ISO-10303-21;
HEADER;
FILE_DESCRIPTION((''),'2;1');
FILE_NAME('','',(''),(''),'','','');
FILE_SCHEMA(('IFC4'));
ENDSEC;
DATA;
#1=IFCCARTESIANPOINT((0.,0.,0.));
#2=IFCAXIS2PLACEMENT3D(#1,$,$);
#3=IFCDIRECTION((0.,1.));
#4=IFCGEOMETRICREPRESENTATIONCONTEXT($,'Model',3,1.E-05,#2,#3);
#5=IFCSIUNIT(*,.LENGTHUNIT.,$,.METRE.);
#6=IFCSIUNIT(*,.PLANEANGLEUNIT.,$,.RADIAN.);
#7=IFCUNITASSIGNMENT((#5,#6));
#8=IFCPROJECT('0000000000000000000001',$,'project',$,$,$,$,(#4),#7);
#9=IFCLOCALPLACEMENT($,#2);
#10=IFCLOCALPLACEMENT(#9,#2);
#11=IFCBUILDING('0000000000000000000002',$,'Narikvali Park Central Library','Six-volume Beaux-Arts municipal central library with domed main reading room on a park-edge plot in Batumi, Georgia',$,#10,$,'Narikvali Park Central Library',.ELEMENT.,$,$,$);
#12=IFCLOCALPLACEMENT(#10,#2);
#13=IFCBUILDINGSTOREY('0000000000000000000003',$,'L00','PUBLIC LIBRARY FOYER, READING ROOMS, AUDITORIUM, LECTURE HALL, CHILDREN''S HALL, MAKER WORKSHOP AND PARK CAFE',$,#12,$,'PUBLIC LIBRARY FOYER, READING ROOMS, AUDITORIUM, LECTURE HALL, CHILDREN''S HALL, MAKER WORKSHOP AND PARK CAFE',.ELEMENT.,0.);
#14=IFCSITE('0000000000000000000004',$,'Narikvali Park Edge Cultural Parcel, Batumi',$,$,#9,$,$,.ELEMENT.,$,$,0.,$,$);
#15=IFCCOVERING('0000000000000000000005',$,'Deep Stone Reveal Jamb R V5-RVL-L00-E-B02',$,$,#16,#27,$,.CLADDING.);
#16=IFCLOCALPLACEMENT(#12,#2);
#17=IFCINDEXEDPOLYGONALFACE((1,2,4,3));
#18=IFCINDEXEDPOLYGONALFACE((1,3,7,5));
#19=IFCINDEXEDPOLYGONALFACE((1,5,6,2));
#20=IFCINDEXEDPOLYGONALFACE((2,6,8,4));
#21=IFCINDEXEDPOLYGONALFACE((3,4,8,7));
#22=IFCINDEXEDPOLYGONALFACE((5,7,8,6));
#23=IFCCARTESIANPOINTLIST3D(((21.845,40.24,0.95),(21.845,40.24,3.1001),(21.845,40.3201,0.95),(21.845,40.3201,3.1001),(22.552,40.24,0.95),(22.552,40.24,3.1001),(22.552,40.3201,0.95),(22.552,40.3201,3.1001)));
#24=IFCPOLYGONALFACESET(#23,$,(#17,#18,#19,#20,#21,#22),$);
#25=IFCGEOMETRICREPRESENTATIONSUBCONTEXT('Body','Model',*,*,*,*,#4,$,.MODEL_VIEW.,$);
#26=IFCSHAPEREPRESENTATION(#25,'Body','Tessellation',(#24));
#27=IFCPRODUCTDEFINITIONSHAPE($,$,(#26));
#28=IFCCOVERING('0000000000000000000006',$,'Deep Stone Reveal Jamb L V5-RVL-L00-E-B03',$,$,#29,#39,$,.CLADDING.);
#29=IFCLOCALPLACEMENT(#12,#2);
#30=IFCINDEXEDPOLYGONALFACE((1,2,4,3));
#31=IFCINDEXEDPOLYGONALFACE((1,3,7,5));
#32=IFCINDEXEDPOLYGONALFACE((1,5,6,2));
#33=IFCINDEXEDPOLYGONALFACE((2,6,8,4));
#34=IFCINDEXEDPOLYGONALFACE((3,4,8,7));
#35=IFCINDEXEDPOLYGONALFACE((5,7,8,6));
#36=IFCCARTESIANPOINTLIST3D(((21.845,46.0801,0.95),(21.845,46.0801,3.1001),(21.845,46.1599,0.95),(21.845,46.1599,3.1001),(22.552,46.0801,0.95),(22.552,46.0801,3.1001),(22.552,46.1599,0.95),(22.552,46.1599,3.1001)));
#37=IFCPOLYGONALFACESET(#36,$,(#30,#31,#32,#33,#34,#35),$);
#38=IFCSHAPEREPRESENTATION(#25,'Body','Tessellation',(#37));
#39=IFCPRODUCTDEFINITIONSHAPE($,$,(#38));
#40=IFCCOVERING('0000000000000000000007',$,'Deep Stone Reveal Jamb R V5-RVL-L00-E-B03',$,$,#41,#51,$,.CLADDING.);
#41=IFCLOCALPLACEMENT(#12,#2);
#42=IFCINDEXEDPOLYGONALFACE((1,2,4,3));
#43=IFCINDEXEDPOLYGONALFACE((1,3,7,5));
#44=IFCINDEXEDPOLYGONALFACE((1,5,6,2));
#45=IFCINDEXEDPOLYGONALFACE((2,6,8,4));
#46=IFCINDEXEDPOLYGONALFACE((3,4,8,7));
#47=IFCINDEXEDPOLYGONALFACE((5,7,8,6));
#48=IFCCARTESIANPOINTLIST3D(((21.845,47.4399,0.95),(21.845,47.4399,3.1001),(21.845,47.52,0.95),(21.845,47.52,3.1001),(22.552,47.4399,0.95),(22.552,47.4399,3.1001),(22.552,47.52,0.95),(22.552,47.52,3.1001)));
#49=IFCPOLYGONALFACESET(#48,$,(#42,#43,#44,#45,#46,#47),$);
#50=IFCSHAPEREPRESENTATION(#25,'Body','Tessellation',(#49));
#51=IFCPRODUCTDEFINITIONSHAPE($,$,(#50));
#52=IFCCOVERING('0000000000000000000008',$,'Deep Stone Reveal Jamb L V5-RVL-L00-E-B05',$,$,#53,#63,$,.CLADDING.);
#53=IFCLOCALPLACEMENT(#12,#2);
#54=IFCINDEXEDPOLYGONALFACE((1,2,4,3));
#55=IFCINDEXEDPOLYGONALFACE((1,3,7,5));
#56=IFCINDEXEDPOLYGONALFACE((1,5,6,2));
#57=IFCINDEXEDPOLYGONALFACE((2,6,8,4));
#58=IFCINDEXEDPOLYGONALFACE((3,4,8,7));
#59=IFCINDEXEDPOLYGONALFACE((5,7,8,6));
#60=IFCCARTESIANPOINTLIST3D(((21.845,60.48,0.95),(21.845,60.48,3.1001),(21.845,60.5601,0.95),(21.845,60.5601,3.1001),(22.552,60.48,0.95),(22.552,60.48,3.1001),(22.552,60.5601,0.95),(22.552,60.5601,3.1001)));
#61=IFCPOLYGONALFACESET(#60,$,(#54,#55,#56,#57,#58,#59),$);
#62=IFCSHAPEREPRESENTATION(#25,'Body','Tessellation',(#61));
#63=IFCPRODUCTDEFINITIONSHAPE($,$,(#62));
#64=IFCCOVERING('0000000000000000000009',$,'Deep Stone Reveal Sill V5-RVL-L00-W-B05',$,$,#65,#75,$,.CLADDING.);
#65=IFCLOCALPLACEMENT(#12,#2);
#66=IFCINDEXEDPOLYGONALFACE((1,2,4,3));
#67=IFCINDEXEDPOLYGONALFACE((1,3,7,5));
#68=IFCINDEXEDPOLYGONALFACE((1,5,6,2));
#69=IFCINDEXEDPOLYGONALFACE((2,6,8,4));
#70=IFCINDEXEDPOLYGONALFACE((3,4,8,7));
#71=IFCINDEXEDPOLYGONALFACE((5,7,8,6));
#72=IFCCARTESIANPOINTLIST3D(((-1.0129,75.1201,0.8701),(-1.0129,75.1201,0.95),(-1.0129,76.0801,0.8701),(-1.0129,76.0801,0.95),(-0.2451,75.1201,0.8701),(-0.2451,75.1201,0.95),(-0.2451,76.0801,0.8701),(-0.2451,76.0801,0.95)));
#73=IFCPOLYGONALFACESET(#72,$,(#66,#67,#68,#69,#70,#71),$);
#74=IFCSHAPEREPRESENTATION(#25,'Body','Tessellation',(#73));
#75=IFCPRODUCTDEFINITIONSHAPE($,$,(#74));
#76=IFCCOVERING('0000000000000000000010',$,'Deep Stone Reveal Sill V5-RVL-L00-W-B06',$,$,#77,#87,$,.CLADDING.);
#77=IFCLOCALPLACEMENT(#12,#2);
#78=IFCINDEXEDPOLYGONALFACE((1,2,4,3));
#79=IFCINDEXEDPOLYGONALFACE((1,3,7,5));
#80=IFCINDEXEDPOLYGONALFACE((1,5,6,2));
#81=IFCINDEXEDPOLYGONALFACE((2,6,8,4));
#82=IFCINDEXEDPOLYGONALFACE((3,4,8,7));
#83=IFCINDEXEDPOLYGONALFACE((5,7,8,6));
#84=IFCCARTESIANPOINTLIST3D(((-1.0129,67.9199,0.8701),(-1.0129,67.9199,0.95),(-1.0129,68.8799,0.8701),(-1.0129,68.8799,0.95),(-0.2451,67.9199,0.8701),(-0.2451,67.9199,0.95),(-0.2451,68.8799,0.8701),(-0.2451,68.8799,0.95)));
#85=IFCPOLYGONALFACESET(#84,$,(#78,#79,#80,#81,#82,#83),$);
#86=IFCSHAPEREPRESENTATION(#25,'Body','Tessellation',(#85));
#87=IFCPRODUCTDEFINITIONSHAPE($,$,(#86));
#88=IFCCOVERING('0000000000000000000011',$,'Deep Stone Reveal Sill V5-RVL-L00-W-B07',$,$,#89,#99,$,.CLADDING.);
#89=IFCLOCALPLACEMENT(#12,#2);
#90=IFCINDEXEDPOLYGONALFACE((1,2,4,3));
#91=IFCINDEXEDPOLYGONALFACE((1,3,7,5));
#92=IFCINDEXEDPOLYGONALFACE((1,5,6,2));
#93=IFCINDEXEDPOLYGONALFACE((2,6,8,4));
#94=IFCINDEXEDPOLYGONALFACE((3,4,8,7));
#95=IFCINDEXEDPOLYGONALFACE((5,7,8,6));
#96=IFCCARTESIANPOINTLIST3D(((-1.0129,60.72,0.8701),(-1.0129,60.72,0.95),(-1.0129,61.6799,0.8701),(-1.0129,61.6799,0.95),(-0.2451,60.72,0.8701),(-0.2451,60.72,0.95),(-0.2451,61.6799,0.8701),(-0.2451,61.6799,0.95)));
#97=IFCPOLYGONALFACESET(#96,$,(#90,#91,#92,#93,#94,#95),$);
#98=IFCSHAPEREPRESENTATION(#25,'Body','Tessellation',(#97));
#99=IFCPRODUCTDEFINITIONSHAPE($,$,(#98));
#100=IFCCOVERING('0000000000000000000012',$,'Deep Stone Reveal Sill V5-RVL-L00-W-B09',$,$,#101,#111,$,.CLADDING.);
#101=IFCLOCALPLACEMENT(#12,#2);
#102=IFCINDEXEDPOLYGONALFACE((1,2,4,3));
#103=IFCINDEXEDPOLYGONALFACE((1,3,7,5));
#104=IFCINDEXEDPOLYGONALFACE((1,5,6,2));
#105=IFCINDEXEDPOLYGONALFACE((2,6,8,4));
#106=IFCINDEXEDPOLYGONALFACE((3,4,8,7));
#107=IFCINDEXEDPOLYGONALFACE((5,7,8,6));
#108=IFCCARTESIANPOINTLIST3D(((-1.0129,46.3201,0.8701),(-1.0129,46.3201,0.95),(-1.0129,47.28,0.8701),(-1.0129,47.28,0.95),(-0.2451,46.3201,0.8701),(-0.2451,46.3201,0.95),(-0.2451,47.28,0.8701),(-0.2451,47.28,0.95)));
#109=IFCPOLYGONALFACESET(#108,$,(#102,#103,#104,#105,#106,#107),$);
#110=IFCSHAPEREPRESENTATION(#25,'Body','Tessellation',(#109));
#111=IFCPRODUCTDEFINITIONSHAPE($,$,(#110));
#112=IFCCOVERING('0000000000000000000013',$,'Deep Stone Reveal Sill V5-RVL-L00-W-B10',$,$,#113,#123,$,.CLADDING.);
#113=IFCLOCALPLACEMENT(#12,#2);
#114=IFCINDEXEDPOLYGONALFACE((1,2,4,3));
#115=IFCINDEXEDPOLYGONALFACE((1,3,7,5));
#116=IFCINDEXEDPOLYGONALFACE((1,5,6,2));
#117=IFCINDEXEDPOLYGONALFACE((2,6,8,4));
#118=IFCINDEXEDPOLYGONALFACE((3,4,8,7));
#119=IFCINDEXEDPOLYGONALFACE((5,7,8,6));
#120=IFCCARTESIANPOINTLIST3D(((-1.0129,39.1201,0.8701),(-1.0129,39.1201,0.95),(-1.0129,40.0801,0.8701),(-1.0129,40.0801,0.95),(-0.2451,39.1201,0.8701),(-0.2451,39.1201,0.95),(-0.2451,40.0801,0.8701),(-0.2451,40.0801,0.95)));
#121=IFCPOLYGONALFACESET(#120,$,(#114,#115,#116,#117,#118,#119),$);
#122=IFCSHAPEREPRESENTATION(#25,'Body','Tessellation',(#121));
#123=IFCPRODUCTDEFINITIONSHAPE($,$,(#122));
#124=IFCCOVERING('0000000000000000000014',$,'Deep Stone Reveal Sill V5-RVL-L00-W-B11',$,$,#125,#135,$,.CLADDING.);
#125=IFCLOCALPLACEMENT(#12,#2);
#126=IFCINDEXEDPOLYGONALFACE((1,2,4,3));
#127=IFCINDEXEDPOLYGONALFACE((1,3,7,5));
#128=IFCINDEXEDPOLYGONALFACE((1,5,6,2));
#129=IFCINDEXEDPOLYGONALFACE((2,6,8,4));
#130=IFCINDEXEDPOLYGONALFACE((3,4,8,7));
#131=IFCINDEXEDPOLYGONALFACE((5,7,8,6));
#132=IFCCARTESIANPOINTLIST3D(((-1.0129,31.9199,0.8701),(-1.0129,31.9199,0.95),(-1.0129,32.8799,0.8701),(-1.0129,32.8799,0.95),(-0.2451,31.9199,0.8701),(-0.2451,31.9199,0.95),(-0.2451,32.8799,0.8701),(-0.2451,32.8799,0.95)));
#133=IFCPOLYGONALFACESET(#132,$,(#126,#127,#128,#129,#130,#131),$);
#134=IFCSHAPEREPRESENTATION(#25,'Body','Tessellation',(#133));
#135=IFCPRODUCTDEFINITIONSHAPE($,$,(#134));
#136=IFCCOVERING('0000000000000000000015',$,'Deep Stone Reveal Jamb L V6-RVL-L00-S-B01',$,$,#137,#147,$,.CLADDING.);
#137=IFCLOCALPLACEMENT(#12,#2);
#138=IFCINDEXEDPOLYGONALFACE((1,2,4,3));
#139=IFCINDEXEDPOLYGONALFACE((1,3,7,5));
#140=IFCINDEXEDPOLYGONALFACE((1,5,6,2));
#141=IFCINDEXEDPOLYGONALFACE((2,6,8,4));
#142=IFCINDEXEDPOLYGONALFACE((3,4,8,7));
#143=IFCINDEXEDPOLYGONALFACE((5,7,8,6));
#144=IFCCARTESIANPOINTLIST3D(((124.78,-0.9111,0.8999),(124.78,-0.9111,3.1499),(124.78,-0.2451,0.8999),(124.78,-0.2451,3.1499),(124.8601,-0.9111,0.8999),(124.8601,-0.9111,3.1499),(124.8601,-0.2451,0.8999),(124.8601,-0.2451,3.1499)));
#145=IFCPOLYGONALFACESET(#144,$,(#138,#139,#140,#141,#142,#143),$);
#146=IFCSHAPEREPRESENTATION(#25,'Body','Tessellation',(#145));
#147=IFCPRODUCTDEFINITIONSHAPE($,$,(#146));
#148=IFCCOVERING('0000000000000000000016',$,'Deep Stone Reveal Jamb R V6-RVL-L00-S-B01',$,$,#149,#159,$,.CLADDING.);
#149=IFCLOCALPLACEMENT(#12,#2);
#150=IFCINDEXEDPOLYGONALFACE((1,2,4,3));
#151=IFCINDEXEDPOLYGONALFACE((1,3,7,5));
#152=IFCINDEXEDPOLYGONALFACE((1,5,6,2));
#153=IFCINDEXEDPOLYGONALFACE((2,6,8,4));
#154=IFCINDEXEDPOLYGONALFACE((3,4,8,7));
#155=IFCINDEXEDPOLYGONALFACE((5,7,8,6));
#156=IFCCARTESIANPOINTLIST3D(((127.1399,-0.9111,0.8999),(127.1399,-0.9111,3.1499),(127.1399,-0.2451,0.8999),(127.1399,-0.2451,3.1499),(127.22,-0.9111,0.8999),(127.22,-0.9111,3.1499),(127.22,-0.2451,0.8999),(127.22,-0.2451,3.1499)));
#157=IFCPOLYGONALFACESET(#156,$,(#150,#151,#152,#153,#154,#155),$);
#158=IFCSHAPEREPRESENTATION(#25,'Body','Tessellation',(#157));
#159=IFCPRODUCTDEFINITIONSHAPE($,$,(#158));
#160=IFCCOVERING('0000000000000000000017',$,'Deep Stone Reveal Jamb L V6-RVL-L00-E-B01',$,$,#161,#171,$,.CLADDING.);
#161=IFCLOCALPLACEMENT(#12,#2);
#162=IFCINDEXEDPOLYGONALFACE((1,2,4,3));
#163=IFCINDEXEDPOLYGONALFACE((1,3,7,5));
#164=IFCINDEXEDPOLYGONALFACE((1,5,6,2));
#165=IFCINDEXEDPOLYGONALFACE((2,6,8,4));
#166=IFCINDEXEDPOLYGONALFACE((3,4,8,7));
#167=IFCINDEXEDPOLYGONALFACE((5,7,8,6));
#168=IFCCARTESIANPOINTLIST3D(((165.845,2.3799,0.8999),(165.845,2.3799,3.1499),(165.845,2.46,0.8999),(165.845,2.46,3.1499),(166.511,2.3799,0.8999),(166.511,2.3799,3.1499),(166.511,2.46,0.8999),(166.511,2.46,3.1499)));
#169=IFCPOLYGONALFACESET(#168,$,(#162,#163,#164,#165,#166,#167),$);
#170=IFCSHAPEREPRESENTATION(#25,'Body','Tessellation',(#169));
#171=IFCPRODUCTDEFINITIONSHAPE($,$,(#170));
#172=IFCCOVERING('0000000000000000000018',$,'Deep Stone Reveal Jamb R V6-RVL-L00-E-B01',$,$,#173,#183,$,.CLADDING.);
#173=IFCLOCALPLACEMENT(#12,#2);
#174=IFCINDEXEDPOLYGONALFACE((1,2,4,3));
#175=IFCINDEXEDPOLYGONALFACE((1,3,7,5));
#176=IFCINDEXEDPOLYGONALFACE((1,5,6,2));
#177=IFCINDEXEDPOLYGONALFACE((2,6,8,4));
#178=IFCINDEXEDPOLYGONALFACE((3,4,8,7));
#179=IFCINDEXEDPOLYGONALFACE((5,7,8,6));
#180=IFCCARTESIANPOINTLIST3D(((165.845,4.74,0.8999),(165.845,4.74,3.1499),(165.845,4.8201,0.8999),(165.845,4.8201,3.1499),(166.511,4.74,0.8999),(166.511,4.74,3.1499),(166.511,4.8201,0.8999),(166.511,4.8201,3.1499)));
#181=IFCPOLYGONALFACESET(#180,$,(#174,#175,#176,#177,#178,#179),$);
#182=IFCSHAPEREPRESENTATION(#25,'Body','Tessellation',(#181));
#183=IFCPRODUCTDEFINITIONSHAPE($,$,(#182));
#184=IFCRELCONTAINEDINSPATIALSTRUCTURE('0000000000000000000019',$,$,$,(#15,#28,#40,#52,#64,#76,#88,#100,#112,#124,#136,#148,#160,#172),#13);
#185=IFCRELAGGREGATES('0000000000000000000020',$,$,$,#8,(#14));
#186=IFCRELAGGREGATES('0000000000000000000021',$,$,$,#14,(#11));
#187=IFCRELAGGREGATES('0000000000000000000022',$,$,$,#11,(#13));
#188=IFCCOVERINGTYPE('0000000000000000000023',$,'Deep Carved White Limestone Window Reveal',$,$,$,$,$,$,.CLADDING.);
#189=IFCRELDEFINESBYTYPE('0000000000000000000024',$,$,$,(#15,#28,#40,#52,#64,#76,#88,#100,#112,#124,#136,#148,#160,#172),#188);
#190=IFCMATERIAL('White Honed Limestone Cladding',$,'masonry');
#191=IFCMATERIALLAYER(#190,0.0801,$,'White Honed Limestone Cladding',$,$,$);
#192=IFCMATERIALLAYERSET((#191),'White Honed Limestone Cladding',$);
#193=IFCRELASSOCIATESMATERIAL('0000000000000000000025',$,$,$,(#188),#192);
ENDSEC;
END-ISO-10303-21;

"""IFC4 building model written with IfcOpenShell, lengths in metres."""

from ifc_helpers import new_model, si_unit, direction, frame, origin, place, context, subcontext, project, spatial, polyline, outline, extrude, material, layer, layer_set, type_object, element, save


model = new_model("IFC4")

# Units and contexts
model_context = context("Model", 3, precision=1e-05, world=origin(), true_north=direction((0.0, 1.0)))
body_context = subcontext(model_context, "Body", "Model", "MODEL_VIEW")
ifc_project = project(units=[si_unit("LENGTHUNIT", "METRE"), si_unit("PLANEANGLEUNIT", "RADIAN")], contexts=[model_context])

# Site, building, storey
site_placement = place(None, origin())
site = spatial("IfcSite", under=ifc_project, at=site_placement, Name="Narikvali Park Edge Cultural Parcel, Batumi", CompositionType="ELEMENT", RefElevation=0.0)
building_placement = place(site_placement, origin())
building = spatial("IfcBuilding", under=site, at=building_placement, Name="Narikvali Park Central Library", Description="Six-volume Beaux-Arts municipal central library with domed main reading room on a park-edge plot in Batumi, Georgia", LongName="Narikvali Park Central Library", CompositionType="ELEMENT")
storey_placement = place(building_placement, origin())
storey = spatial("IfcBuildingStorey", under=building, at=storey_placement, Name="L00", Description="PUBLIC LIBRARY FOYER, READING ROOMS, AUDITORIUM, LECTURE HALL, CHILDREN'S HALL, MAKER WORKSHOP AND PARK CAFE", LongName="PUBLIC LIBRARY FOYER, READING ROOMS, AUDITORIUM, LECTURE HALL, CHILDREN'S HALL, MAKER WORKSHOP AND PARK CAFE", CompositionType="ELEMENT", Elevation=0.0)

# Coverings
ifc_material = material(Name="White Honed Limestone Cladding", Category="masonry")
ifc_layer = layer(ifc_material, 0.0801, Name="White Honed Limestone Cladding")
ifc_layer_set = layer_set([ifc_layer], Name="White Honed Limestone Cladding")
covering_type = type_object("IfcCoveringType", Name="Deep Carved White Limestone Window Reveal", PredefinedType="CLADDING", material=ifc_layer_set)
covering_1_placement = place(storey_placement, frame((0.0, 0.0, 0.95)))
element("IfcCovering", 1, at=covering_1_placement, inside=storey, type_object=covering_type, Name="Deep Stone Reveal Jamb R V5-RVL-L00-E-B02", PredefinedType="CLADDING", context=body_context, shape_type="SweptSolid", body=[
    extrude(outline(polyline([(21.845, 40.24), (21.845, 40.3201), (22.552, 40.3201), (22.552, 40.24), (21.845, 40.24)])), origin(), (0.0, 0.0, 1.0), 2.1501),
])
covering_2_placement = place(storey_placement, frame((0.0, 0.0, 0.95)))
element("IfcCovering", 2, at=covering_2_placement, inside=storey, type_object=covering_type, Name="Deep Stone Reveal Jamb L V5-RVL-L00-E-B03", PredefinedType="CLADDING", context=body_context, shape_type="SweptSolid", body=[
    extrude(outline(polyline([(21.845, 46.0801), (21.845, 46.1599), (22.552, 46.1599), (22.552, 46.0801), (21.845, 46.0801)])), origin(), (0.0, 0.0, 1.0), 2.1501),
])
covering_3_placement = place(storey_placement, frame((0.0, 0.0, 0.95)))
element("IfcCovering", 3, at=covering_3_placement, inside=storey, type_object=covering_type, Name="Deep Stone Reveal Jamb R V5-RVL-L00-E-B03", PredefinedType="CLADDING", context=body_context, shape_type="SweptSolid", body=[
    extrude(outline(polyline([(21.845, 47.4399), (21.845, 47.52), (22.552, 47.52), (22.552, 47.4399), (21.845, 47.4399)])), origin(), (0.0, 0.0, 1.0), 2.1501),
])
covering_4_placement = place(storey_placement, frame((0.0, 0.0, 0.95)))
element("IfcCovering", 4, at=covering_4_placement, inside=storey, type_object=covering_type, Name="Deep Stone Reveal Jamb L V5-RVL-L00-E-B05", PredefinedType="CLADDING", context=body_context, shape_type="SweptSolid", body=[
    extrude(outline(polyline([(21.845, 60.48), (21.845, 60.5601), (22.552, 60.5601), (22.552, 60.48), (21.845, 60.48)])), origin(), (0.0, 0.0, 1.0), 2.1501),
])
covering_5_placement = place(storey_placement, frame((0.0, 0.0, 0.8701)))
element("IfcCovering", 5, at=covering_5_placement, inside=storey, type_object=covering_type, Name="Deep Stone Reveal Sill V5-RVL-L00-W-B05", PredefinedType="CLADDING", context=body_context, shape_type="SweptSolid", body=[
    extrude(outline(polyline([(-0.2451, 76.0801), (-0.2451, 75.1201), (-1.0129, 75.1201), (-1.0129, 76.0801), (-0.2451, 76.0801)])), origin(), (0.0, 0.0, 1.0), 0.0798),
])
covering_6_placement = place(storey_placement, frame((0.0, 0.0, 0.8701)))
element("IfcCovering", 6, at=covering_6_placement, inside=storey, type_object=covering_type, Name="Deep Stone Reveal Sill V5-RVL-L00-W-B06", PredefinedType="CLADDING", context=body_context, shape_type="SweptSolid", body=[
    extrude(outline(polyline([(-0.2451, 68.8799), (-0.2451, 67.9199), (-1.0129, 67.9199), (-1.0129, 68.8799), (-0.2451, 68.8799)])), origin(), (0.0, 0.0, 1.0), 0.0798),
])
covering_7_placement = place(storey_placement, frame((0.0, 0.0, 0.8701)))
element("IfcCovering", 7, at=covering_7_placement, inside=storey, type_object=covering_type, Name="Deep Stone Reveal Sill V5-RVL-L00-W-B07", PredefinedType="CLADDING", context=body_context, shape_type="SweptSolid", body=[
    extrude(outline(polyline([(-0.2451, 61.6799), (-0.2451, 60.72), (-1.0129, 60.72), (-1.0129, 61.6799), (-0.2451, 61.6799)])), origin(), (0.0, 0.0, 1.0), 0.0798),
])
covering_8_placement = place(storey_placement, frame((0.0, 0.0, 0.8701)))
element("IfcCovering", 8, at=covering_8_placement, inside=storey, type_object=covering_type, Name="Deep Stone Reveal Sill V5-RVL-L00-W-B09", PredefinedType="CLADDING", context=body_context, shape_type="SweptSolid", body=[
    extrude(outline(polyline([(-0.2451, 47.28), (-0.2451, 46.3201), (-1.0129, 46.3201), (-1.0129, 47.28), (-0.2451, 47.28)])), origin(), (0.0, 0.0, 1.0), 0.0798),
])
covering_9_placement = place(storey_placement, frame((0.0, 0.0, 0.8701)))
element("IfcCovering", 9, at=covering_9_placement, inside=storey, type_object=covering_type, Name="Deep Stone Reveal Sill V5-RVL-L00-W-B10", PredefinedType="CLADDING", context=body_context, shape_type="SweptSolid", body=[
    extrude(outline(polyline([(-0.2451, 40.0801), (-0.2451, 39.1201), (-1.0129, 39.1201), (-1.0129, 40.0801), (-0.2451, 40.0801)])), origin(), (0.0, 0.0, 1.0), 0.0798),
])
covering_10_placement = place(storey_placement, frame((0.0, 0.0, 0.8701)))
element("IfcCovering", 10, at=covering_10_placement, inside=storey, type_object=covering_type, Name="Deep Stone Reveal Sill V5-RVL-L00-W-B11", PredefinedType="CLADDING", context=body_context, shape_type="SweptSolid", body=[
    extrude(outline(polyline([(-0.2451, 32.8799), (-0.2451, 31.9199), (-1.0129, 31.9199), (-1.0129, 32.8799), (-0.2451, 32.8799)])), origin(), (0.0, 0.0, 1.0), 0.0798),
])
covering_11_placement = place(storey_placement, frame((0.0, 0.0, 0.8999)))
element("IfcCovering", 11, at=covering_11_placement, inside=storey, type_object=covering_type, Name="Deep Stone Reveal Jamb L V6-RVL-L00-S-B01", PredefinedType="CLADDING", context=body_context, shape_type="SweptSolid", body=[
    extrude(outline(polyline([(124.78, -0.2451), (124.8601, -0.2451), (124.8601, -0.9111), (124.78, -0.9111), (124.78, -0.2451)])), origin(), (0.0, 0.0, 1.0), 2.25),
])
covering_12_placement = place(storey_placement, frame((0.0, 0.0, 0.8999)))
element("IfcCovering", 12, at=covering_12_placement, inside=storey, type_object=covering_type, Name="Deep Stone Reveal Jamb R V6-RVL-L00-S-B01", PredefinedType="CLADDING", context=body_context, shape_type="SweptSolid", body=[
    extrude(outline(polyline([(127.1399, -0.2451), (127.22, -0.2451), (127.22, -0.9111), (127.1399, -0.9111), (127.1399, -0.2451)])), origin(), (0.0, 0.0, 1.0), 2.25),
])
covering_13_placement = place(storey_placement, frame((0.0, 0.0, 0.8999)))
element("IfcCovering", 13, at=covering_13_placement, inside=storey, type_object=covering_type, Name="Deep Stone Reveal Jamb L V6-RVL-L00-E-B01", PredefinedType="CLADDING", context=body_context, shape_type="SweptSolid", body=[
    extrude(outline(polyline([(165.845, 2.3799), (165.845, 2.46), (166.511, 2.46), (166.511, 2.3799), (165.845, 2.3799)])), origin(), (0.0, 0.0, 1.0), 2.25),
])
covering_14_placement = place(storey_placement, frame((0.0, 0.0, 0.8999)))
element("IfcCovering", 14, at=covering_14_placement, inside=storey, type_object=covering_type, Name="Deep Stone Reveal Jamb R V6-RVL-L00-E-B01", PredefinedType="CLADDING", context=body_context, shape_type="SweptSolid", body=[
    extrude(outline(polyline([(165.845, 4.74), (165.845, 4.8201), (166.511, 4.8201), (166.511, 4.74), (165.845, 4.74)])), origin(), (0.0, 0.0, 1.0), 2.25),
])

save(model, "model.ifc")
